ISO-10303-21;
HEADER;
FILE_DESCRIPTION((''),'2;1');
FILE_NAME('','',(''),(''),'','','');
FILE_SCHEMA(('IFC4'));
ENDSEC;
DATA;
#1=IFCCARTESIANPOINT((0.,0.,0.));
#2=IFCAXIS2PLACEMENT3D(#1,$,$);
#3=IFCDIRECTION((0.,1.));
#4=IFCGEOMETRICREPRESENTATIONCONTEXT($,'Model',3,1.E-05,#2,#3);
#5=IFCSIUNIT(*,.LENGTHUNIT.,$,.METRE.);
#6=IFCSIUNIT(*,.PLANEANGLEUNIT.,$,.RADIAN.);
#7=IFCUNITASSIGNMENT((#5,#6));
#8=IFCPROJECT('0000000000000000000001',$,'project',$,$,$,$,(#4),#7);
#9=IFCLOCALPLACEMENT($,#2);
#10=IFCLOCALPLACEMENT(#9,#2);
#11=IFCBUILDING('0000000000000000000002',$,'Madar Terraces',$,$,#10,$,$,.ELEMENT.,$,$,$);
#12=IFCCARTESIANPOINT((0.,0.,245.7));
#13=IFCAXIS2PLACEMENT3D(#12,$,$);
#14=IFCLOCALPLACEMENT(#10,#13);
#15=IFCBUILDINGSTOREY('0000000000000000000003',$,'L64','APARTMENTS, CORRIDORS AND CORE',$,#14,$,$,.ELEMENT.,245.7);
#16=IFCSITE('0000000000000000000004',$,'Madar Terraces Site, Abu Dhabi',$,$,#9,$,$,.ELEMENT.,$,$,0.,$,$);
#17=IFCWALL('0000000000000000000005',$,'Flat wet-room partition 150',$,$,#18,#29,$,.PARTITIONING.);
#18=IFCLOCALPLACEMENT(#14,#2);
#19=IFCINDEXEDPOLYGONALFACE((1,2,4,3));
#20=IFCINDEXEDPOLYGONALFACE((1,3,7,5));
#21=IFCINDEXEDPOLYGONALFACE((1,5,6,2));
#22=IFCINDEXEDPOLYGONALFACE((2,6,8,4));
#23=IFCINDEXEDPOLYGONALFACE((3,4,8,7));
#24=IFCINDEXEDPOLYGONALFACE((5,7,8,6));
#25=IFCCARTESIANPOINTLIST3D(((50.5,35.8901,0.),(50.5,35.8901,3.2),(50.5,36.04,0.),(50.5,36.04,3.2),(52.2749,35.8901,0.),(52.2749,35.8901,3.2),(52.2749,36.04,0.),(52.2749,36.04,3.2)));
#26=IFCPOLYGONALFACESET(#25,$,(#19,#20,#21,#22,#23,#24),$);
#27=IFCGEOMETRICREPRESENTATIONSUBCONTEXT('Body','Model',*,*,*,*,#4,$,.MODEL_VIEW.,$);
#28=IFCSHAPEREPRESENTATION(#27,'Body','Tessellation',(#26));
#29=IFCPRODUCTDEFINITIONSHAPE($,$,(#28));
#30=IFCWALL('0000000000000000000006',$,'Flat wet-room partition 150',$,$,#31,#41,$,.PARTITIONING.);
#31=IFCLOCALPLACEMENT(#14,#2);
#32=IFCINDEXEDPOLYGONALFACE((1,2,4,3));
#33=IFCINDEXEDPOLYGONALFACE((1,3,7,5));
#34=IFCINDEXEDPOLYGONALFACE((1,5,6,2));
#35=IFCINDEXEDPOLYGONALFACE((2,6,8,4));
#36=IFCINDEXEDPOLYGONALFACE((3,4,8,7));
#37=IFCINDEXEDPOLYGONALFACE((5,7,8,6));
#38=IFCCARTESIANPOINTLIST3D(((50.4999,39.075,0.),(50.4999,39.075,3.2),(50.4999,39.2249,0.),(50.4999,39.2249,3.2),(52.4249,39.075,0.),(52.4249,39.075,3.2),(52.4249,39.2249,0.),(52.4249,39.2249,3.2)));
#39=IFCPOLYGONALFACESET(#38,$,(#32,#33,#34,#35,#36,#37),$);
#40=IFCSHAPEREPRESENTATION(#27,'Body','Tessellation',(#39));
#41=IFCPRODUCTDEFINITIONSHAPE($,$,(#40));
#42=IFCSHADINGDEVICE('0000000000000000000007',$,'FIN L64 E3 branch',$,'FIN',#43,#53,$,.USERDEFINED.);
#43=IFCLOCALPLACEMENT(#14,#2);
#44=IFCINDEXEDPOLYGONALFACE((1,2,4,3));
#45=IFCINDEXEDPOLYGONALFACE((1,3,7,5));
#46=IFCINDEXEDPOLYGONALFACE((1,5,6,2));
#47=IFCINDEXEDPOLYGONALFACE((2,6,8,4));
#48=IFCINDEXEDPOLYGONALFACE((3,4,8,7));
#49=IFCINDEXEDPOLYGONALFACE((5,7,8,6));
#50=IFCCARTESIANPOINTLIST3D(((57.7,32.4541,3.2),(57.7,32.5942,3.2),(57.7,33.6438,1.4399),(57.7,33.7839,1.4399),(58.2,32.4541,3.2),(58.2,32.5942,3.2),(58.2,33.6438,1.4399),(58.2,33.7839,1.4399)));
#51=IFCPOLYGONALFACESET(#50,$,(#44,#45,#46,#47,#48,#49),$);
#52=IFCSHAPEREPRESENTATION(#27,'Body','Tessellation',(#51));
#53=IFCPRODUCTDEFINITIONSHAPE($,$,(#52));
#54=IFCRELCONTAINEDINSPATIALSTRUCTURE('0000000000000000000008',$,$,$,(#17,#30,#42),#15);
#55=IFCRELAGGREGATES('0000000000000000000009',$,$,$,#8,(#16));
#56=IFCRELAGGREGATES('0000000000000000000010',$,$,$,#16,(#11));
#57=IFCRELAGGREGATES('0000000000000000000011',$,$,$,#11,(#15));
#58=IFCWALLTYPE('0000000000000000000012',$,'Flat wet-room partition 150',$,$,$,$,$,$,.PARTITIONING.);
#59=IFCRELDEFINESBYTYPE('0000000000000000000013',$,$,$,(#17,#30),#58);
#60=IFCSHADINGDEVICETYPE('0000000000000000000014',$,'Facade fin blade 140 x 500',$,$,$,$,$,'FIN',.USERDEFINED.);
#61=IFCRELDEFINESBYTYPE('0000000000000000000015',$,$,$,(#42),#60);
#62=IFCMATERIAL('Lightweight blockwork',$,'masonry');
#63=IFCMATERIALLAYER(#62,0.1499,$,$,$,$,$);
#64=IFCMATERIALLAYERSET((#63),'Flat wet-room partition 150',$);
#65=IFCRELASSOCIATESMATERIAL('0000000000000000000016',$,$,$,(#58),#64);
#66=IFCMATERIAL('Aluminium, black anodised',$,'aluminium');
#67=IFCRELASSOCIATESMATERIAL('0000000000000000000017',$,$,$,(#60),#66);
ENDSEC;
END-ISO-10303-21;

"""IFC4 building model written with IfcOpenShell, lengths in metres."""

from ifc_helpers import new_model, si_unit, direction, frame, frame_2d, origin, place, context, subcontext, project, spatial, polyline, rectangle, outline, extrude, material, layer, layer_set, type_object, element, save


model = new_model("IFC4")

# Units and contexts
model_context = context("Model", 3, precision=1e-05, world=origin(), true_north=direction((0.0, 1.0)))
body_context = subcontext(model_context, "Body", "Model", "MODEL_VIEW")
ifc_project = project(units=[si_unit("LENGTHUNIT", "METRE"), si_unit("PLANEANGLEUNIT", "RADIAN")], contexts=[model_context])

# Site, building, storey
site_placement = place(None, origin())
site = spatial("IfcSite", under=ifc_project, at=site_placement, Name="Madar Terraces Site, Abu Dhabi", CompositionType="ELEMENT", RefElevation=0.0)
building_placement = place(site_placement, origin())
building = spatial("IfcBuilding", under=site, at=building_placement, Name="Madar Terraces", CompositionType="ELEMENT")
storey_placement = place(building_placement, frame((0.0, 0.0, 245.7)))
storey = spatial("IfcBuildingStorey", under=building, at=storey_placement, Name="L64", Description="APARTMENTS, CORRIDORS AND CORE", CompositionType="ELEMENT", Elevation=245.7)

# Walls
ifc_material_1 = material(Name="Lightweight blockwork", Category="masonry")
ifc_layer_1 = layer(ifc_material_1, 0.1499)
ifc_layer_set_1 = layer_set([ifc_layer_1], Name="Flat wet-room partition 150")
wall_type_1 = type_object("IfcWallType", Name="Flat wet-room partition 150", PredefinedType="PARTITIONING", material=ifc_layer_set_1)
wall_1_placement = place(storey_placement, frame((50.5, 35.9651, 0.0), z_axis=(0.0, 0.0, 1.0), x_axis=(1.0, 0.0, 0.0)))
element("IfcWall", 1, at=wall_1_placement, inside=storey, type_object=wall_type_1, Name="Flat wet-room partition 150", PredefinedType="PARTITIONING", context=body_context, shape_type="SweptSolid", body=[
    extrude(rectangle(XDim=1.7749, YDim=0.1499, at=frame_2d((0.8875, 0.0))), origin(), (0.0, 0.0, 1.0), 3.2),
])
wall_2_placement = place(storey_placement, frame((50.5, 39.1499, 0.0), z_axis=(0.0, 0.0, 1.0), x_axis=(1.0, 0.0, 0.0)))
element("IfcWall", 2, at=wall_2_placement, inside=storey, type_object=wall_type_1, Name="Flat wet-room partition 150", PredefinedType="PARTITIONING", context=body_context, shape_type="SweptSolid", body=[
    extrude(rectangle(XDim=1.925, YDim=0.1499, at=frame_2d((0.9624, 0.0))), origin(), (0.0, 0.0, 1.0), 3.2),
])

# Shading device
ifc_material_2 = material(Name="Aluminium, black anodised", Category="aluminium")
shading_device_type = type_object("IfcShadingDeviceType", Name="Facade fin blade 140 x 500", ElementType="FIN", PredefinedType="USERDEFINED", material=ifc_material_2)
shading_device_placement = place(storey_placement, frame((57.95, 33.6438, 1.4399), z_axis=(0.0, 0.0, 1.0), x_axis=(0.0, 1.0, 0.0)))
element("IfcShadingDevice", 3, at=shading_device_placement, inside=storey, type_object=shading_device_type, Name="FIN L64 E3 branch", ObjectType="FIN", PredefinedType="USERDEFINED", context=body_context, shape_type="SweptSolid", body=[
    extrude(outline(polyline([(0.0, 0.0), (0.1401, 0.0), (-1.0496, 1.76), (-1.1897, 1.76), (0.0, 0.0)])), frame((0.0, 0.25, 0.0), z_axis=(0.0, -1.0, 0.0), x_axis=(1.0, 0.0, 0.0)), (0.0, 0.0, 1.0), 0.5),
])

save(model, "model.ifc")
